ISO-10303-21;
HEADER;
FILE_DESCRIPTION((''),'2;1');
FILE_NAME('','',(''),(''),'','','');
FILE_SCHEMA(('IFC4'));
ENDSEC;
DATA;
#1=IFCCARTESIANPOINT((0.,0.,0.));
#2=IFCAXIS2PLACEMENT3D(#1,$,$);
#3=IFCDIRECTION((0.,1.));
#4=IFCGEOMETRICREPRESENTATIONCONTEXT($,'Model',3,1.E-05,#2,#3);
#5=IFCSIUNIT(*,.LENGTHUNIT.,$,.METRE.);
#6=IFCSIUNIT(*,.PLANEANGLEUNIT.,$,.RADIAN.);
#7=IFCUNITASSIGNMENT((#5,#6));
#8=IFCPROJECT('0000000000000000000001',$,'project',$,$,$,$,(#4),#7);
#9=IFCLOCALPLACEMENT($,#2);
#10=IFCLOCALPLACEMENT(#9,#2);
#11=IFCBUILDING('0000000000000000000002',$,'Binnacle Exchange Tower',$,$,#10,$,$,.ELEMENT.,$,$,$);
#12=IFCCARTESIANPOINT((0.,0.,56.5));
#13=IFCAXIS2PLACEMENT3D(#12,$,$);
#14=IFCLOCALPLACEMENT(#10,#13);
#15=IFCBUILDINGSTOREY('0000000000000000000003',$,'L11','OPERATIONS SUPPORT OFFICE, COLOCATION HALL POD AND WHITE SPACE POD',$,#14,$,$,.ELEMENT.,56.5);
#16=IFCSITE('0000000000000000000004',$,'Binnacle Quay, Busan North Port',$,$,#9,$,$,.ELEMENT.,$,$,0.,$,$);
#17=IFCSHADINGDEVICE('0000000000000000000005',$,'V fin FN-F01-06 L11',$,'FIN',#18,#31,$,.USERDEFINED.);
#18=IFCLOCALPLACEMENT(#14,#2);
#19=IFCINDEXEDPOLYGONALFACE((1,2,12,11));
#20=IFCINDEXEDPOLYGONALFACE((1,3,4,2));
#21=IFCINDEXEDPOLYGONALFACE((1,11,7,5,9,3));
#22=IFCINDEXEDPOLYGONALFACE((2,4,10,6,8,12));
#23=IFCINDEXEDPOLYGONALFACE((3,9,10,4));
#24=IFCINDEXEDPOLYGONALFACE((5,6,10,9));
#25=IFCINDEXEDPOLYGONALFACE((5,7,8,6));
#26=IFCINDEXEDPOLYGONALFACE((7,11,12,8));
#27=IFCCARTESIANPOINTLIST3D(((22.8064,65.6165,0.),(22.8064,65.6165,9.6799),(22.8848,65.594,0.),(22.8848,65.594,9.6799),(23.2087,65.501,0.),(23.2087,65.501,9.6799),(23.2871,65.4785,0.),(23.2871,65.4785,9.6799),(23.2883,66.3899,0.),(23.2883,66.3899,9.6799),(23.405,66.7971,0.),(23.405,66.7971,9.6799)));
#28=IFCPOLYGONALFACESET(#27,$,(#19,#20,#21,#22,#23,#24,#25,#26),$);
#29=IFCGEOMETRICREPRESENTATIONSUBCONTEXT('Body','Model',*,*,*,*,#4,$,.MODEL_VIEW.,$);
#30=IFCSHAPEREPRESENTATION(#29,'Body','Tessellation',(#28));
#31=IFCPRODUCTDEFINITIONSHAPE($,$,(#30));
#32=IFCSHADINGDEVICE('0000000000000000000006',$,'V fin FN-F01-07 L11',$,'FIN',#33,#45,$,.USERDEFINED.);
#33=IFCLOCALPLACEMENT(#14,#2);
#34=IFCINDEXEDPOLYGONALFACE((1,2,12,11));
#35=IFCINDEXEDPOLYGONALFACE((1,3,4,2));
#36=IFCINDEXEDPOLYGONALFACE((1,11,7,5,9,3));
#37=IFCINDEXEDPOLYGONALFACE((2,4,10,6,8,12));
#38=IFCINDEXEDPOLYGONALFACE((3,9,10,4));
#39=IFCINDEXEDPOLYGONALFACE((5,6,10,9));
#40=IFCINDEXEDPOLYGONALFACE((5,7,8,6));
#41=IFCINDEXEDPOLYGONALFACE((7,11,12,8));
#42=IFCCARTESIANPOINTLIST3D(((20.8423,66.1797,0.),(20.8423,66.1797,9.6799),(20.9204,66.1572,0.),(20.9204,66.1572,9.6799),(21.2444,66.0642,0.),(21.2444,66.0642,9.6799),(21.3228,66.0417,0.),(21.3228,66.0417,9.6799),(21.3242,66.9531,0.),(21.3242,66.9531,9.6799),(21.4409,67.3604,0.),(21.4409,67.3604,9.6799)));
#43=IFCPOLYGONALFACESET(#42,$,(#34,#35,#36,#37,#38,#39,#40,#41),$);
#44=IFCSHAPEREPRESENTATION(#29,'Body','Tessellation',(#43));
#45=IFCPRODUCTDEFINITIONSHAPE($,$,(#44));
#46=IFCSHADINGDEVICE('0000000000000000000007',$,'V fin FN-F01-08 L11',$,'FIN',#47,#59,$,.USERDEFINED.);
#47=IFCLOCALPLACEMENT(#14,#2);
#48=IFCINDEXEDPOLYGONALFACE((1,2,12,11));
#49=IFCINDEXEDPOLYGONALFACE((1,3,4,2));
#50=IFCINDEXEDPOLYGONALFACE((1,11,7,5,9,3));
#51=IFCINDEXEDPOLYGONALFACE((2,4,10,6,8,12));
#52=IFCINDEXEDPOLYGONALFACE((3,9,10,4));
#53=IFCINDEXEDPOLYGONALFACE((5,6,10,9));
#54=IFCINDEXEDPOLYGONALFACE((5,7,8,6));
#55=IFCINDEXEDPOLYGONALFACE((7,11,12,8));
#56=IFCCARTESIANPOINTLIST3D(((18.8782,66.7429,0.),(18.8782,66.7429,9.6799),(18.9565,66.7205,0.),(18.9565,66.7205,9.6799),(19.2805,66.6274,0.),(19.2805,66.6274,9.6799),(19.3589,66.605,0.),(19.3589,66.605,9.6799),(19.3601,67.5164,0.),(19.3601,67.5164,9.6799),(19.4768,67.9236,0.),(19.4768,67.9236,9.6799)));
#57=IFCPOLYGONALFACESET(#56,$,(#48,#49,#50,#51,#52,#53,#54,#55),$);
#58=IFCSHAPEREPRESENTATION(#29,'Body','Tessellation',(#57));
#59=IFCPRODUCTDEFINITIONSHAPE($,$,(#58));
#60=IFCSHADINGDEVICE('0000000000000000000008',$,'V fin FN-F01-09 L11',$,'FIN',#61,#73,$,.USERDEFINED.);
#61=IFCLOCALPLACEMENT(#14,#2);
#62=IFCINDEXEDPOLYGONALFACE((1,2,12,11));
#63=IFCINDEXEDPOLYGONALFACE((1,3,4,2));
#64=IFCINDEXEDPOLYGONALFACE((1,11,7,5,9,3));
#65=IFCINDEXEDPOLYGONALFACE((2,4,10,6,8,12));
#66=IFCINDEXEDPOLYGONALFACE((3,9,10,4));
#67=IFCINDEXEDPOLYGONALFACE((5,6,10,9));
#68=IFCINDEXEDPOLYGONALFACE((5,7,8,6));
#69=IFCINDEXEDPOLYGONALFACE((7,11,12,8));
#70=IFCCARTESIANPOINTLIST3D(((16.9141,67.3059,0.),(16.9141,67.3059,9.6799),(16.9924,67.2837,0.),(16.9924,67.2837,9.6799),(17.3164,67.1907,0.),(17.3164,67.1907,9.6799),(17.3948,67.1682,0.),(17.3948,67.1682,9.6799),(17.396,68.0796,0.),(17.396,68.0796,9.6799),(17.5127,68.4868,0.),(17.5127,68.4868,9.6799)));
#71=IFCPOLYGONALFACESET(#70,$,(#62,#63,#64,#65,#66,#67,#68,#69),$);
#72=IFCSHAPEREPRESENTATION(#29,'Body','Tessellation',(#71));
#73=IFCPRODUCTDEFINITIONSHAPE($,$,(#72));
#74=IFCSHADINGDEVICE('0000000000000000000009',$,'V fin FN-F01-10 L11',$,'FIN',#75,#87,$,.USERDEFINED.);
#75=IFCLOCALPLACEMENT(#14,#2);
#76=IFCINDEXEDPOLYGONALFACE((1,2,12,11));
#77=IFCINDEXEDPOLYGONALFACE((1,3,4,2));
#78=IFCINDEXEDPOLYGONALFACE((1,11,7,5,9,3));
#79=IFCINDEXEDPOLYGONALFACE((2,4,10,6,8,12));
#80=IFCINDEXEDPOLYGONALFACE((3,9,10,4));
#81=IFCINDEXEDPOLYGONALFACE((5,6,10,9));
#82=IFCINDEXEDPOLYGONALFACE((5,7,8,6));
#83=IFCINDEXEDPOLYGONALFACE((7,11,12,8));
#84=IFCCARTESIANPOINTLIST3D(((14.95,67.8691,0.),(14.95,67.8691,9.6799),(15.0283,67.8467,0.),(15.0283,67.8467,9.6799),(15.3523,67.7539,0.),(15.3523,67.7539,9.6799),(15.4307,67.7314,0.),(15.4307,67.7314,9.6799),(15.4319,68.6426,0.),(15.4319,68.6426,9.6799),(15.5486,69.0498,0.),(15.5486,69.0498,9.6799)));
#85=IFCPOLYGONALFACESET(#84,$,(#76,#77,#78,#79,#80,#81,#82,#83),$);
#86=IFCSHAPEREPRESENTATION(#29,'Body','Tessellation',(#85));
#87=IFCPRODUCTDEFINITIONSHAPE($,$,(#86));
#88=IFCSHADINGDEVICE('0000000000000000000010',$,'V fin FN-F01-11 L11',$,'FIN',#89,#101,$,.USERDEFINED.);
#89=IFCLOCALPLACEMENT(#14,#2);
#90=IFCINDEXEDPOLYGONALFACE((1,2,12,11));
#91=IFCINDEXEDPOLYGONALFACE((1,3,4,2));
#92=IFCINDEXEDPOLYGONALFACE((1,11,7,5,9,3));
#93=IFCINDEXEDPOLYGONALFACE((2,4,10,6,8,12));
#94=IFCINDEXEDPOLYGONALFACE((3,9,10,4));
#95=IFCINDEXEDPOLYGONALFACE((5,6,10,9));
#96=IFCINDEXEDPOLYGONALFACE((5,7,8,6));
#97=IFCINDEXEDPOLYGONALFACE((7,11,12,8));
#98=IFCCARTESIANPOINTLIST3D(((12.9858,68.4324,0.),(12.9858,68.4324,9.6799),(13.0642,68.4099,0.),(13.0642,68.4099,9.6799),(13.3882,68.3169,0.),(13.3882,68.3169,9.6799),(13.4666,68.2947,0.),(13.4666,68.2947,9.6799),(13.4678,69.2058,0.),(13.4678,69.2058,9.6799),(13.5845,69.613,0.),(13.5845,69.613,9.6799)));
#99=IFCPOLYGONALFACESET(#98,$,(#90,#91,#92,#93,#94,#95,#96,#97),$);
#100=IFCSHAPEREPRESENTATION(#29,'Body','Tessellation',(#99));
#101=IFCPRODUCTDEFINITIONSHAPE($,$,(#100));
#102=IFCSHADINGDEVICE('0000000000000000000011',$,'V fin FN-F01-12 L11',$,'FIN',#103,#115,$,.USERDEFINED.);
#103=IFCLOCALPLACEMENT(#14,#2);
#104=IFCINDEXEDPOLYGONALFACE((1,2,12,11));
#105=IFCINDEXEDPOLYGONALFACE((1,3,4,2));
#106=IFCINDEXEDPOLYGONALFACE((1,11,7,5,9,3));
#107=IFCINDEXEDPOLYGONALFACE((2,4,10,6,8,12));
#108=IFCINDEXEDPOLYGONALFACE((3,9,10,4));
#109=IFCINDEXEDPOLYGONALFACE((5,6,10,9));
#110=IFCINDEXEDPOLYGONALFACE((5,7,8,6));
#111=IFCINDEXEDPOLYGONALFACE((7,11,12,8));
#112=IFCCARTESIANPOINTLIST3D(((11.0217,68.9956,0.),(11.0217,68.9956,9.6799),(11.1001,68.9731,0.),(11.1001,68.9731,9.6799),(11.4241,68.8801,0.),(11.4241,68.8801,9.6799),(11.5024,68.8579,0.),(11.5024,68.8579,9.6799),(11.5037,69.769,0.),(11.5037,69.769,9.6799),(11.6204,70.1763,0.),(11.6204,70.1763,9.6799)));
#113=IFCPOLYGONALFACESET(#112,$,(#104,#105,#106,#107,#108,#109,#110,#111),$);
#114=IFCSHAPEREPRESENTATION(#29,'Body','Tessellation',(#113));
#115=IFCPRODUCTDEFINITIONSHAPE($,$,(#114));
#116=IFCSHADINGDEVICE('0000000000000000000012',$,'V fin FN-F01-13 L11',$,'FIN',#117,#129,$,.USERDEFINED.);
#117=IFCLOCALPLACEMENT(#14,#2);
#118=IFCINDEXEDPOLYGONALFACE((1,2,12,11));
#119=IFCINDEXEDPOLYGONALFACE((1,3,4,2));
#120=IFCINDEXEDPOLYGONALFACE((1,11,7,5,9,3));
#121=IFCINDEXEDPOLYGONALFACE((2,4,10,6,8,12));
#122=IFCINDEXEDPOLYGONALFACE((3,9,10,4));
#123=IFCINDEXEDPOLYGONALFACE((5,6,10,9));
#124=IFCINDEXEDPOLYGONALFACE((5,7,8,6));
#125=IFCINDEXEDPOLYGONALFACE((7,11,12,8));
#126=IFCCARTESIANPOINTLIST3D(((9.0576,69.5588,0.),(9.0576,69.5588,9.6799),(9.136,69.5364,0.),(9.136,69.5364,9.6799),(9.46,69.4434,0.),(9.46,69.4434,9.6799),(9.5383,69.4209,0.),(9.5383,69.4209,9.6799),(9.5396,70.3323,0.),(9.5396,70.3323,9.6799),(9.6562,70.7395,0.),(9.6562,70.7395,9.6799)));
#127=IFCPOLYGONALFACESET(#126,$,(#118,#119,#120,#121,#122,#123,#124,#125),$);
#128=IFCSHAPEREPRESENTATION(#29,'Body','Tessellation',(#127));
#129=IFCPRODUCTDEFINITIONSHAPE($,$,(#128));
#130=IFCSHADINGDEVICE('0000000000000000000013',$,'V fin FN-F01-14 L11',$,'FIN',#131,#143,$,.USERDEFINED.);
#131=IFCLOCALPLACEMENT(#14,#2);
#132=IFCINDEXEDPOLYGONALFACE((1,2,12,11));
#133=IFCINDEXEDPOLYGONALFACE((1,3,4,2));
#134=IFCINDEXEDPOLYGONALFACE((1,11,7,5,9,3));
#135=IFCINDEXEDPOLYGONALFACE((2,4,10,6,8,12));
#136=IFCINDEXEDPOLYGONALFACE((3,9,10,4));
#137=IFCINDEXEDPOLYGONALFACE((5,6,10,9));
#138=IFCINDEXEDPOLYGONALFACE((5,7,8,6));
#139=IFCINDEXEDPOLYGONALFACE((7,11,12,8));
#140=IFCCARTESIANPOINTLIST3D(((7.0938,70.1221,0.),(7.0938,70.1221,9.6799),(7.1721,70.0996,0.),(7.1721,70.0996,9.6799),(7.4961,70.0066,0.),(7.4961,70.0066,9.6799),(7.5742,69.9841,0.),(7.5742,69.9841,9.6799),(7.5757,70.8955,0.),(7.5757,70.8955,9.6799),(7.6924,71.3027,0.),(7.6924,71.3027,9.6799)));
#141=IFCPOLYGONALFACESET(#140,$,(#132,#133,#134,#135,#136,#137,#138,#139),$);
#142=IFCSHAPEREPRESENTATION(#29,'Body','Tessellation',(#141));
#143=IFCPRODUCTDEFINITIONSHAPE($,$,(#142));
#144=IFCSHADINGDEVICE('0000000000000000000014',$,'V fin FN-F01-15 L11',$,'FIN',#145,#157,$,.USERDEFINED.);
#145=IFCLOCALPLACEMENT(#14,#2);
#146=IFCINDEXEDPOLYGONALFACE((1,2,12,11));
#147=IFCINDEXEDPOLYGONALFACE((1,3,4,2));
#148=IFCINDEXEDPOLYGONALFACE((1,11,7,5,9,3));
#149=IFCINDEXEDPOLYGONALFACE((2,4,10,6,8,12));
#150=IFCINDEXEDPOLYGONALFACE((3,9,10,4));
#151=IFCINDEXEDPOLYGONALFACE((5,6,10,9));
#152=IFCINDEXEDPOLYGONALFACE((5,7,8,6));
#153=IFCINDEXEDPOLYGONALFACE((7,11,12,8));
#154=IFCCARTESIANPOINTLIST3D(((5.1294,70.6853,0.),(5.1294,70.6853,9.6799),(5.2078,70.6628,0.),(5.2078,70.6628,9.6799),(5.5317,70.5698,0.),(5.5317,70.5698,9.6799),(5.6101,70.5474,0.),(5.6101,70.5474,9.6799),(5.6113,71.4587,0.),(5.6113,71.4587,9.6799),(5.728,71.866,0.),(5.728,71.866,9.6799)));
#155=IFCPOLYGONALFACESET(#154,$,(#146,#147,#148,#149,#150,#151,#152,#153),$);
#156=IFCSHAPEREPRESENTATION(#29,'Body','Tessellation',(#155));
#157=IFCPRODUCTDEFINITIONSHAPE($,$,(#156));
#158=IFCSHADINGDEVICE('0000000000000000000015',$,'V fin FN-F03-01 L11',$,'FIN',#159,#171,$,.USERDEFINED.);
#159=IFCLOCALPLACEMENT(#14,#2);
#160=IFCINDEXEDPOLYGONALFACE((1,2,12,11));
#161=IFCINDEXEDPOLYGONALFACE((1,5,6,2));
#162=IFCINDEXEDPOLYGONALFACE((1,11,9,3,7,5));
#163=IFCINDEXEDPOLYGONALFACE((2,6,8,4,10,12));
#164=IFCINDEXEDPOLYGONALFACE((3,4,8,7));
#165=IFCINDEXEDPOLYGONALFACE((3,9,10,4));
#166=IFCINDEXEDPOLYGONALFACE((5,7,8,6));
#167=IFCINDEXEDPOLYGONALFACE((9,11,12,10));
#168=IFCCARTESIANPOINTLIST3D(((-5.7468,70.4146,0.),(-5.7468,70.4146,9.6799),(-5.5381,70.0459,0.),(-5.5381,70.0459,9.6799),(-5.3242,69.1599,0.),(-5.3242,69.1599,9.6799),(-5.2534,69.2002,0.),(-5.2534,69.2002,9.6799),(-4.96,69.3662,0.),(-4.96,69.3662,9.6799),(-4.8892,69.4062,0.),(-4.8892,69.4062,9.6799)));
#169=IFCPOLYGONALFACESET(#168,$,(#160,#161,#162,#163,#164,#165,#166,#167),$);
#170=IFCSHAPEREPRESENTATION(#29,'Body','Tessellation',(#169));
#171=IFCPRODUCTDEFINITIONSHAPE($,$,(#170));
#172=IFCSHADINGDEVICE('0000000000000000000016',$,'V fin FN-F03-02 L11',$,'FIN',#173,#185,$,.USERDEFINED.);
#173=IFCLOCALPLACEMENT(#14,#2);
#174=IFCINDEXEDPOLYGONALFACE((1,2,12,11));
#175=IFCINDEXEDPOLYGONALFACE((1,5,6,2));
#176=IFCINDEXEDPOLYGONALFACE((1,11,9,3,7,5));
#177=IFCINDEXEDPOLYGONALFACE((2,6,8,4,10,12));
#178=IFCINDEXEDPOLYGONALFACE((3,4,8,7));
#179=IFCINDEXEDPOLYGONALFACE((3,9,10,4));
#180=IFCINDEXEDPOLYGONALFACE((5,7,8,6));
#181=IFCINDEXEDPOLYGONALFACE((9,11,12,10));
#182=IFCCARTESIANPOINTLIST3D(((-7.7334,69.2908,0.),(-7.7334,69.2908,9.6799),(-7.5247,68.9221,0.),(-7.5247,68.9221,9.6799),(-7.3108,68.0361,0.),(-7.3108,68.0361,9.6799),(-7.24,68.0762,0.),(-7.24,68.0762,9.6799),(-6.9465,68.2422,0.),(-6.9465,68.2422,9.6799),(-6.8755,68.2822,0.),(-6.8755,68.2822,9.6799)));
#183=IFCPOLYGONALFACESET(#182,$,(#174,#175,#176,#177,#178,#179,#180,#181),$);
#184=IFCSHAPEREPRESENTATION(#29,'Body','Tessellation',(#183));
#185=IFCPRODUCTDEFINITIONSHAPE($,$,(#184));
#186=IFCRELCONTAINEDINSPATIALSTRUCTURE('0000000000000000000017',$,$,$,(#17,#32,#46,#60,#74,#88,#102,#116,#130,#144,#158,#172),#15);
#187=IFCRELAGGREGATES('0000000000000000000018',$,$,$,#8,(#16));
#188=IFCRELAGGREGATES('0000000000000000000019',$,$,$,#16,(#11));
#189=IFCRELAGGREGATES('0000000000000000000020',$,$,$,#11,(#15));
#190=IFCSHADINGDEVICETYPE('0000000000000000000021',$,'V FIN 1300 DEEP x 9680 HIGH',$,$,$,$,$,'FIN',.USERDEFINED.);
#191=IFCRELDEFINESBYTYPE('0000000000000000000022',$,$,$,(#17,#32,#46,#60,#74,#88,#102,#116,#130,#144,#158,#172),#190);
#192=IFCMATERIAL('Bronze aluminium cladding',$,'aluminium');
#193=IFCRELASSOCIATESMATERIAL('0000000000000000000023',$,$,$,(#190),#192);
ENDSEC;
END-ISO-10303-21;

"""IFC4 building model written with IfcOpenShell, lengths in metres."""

from ifc_helpers import new_model, si_unit, direction, frame, origin, place, context, subcontext, project, spatial, polyline, outline, extrude, material, type_object, element, save


model = new_model("IFC4")

# Units and contexts
model_context = context("Model", 3, precision=1e-05, world=origin(), true_north=direction((0.0, 1.0)))
body_context = subcontext(model_context, "Body", "Model", "MODEL_VIEW")
ifc_project = project(units=[si_unit("LENGTHUNIT", "METRE"), si_unit("PLANEANGLEUNIT", "RADIAN")], contexts=[model_context])

# Site, building, storey
site_placement = place(None, origin())
site = spatial("IfcSite", under=ifc_project, at=site_placement, Name="Binnacle Quay, Busan North Port", CompositionType="ELEMENT", RefElevation=0.0)
building_placement = place(site_placement, origin())
building = spatial("IfcBuilding", under=site, at=building_placement, Name="Binnacle Exchange Tower", CompositionType="ELEMENT")
storey_placement = place(building_placement, frame((0.0, 0.0, 56.5)))
storey = spatial("IfcBuildingStorey", under=building, at=storey_placement, Name="L11", Description="OPERATIONS SUPPORT OFFICE, COLOCATION HALL POD AND WHITE SPACE POD", CompositionType="ELEMENT", Elevation=56.5)

# Shading devices
ifc_material_1 = material(Name="Bronze aluminium cladding", Category="aluminium")
shading_device_type = type_object("IfcShadingDeviceType", Name="V FIN 1300 DEEP x 9680 HIGH", ElementType="FIN", PredefinedType="USERDEFINED", material=ifc_material_1)
shading_device_1_placement = place(storey_placement, origin())
element("IfcShadingDevice", 1, at=shading_device_1_placement, inside=storey, type_object=shading_device_type, Name="V fin FN-F01-06 L11", ObjectType="FIN", PredefinedType="USERDEFINED", context=body_context, shape_type="SweptSolid", body=[
    extrude(outline(polyline([(23.2871, 65.4785), (23.405, 66.7971), (22.8064, 65.6165), (22.8848, 65.594), (23.2883, 66.3899), (23.2087, 65.501), (23.2871, 65.4785)])), origin(), (0.0, 0.0, 1.0), 9.6799),
])
shading_device_2_placement = place(storey_placement, origin())
element("IfcShadingDevice", 2, at=shading_device_2_placement, inside=storey, type_object=shading_device_type, Name="V fin FN-F01-07 L11", ObjectType="FIN", PredefinedType="USERDEFINED", context=body_context, shape_type="SweptSolid", body=[
    extrude(outline(polyline([(21.3228, 66.0417), (21.4409, 67.3604), (20.8423, 66.1797), (20.9204, 66.1572), (21.3242, 66.9531), (21.2444, 66.0642), (21.3228, 66.0417)])), origin(), (0.0, 0.0, 1.0), 9.6799),
])
shading_device_3_placement = place(storey_placement, origin())
element("IfcShadingDevice", 3, at=shading_device_3_placement, inside=storey, type_object=shading_device_type, Name="V fin FN-F01-08 L11", ObjectType="FIN", PredefinedType="USERDEFINED", context=body_context, shape_type="SweptSolid", body=[
    extrude(outline(polyline([(19.3589, 66.605), (19.4768, 67.9236), (18.8782, 66.7429), (18.9565, 66.7205), (19.3601, 67.5164), (19.2805, 66.6274), (19.3589, 66.605)])), origin(), (0.0, 0.0, 1.0), 9.6799),
])
shading_device_4_placement = place(storey_placement, origin())
element("IfcShadingDevice", 4, at=shading_device_4_placement, inside=storey, type_object=shading_device_type, Name="V fin FN-F01-09 L11", ObjectType="FIN", PredefinedType="USERDEFINED", context=body_context, shape_type="SweptSolid", body=[
    extrude(outline(polyline([(17.3948, 67.1682), (17.5127, 68.4868), (16.9141, 67.3059), (16.9924, 67.2837), (17.396, 68.0796), (17.3164, 67.1907), (17.3948, 67.1682)])), origin(), (0.0, 0.0, 1.0), 9.6799),
])
shading_device_5_placement = place(storey_placement, origin())
element("IfcShadingDevice", 5, at=shading_device_5_placement, inside=storey, type_object=shading_device_type, Name="V fin FN-F01-10 L11", ObjectType="FIN", PredefinedType="USERDEFINED", context=body_context, shape_type="SweptSolid", body=[
    extrude(outline(polyline([(15.4307, 67.7314), (15.5486, 69.0498), (14.95, 67.8691), (15.0283, 67.8467), (15.4319, 68.6426), (15.3523, 67.7539), (15.4307, 67.7314)])), origin(), (0.0, 0.0, 1.0), 9.6799),
])
shading_device_6_placement = place(storey_placement, origin())
element("IfcShadingDevice", 6, at=shading_device_6_placement, inside=storey, type_object=shading_device_type, Name="V fin FN-F01-11 L11", ObjectType="FIN", PredefinedType="USERDEFINED", context=body_context, shape_type="SweptSolid", body=[
    extrude(outline(polyline([(13.4666, 68.2947), (13.5845, 69.613), (12.9858, 68.4324), (13.0642, 68.4099), (13.4678, 69.2058), (13.3882, 68.3169), (13.4666, 68.2947)])), origin(), (0.0, 0.0, 1.0), 9.6799),
])
shading_device_7_placement = place(storey_placement, origin())
element("IfcShadingDevice", 7, at=shading_device_7_placement, inside=storey, type_object=shading_device_type, Name="V fin FN-F01-12 L11", ObjectType="FIN", PredefinedType="USERDEFINED", context=body_context, shape_type="SweptSolid", body=[
    extrude(outline(polyline([(11.5024, 68.8579), (11.6204, 70.1763), (11.0217, 68.9956), (11.1001, 68.9731), (11.5037, 69.769), (11.4241, 68.8801), (11.5024, 68.8579)])), origin(), (0.0, 0.0, 1.0), 9.6799),
])
shading_device_8_placement = place(storey_placement, origin())
element("IfcShadingDevice", 8, at=shading_device_8_placement, inside=storey, type_object=shading_device_type, Name="V fin FN-F01-13 L11", ObjectType="FIN", PredefinedType="USERDEFINED", context=body_context, shape_type="SweptSolid", body=[
    extrude(outline(polyline([(9.5383, 69.4209), (9.6562, 70.7395), (9.0576, 69.5588), (9.136, 69.5364), (9.5396, 70.3323), (9.46, 69.4434), (9.5383, 69.4209)])), origin(), (0.0, 0.0, 1.0), 9.6799),
])
shading_device_9_placement = place(storey_placement, origin())
element("IfcShadingDevice", 9, at=shading_device_9_placement, inside=storey, type_object=shading_device_type, Name="V fin FN-F01-14 L11", ObjectType="FIN", PredefinedType="USERDEFINED", context=body_context, shape_type="SweptSolid", body=[
    extrude(outline(polyline([(7.5742, 69.9841), (7.6924, 71.3027), (7.0938, 70.1221), (7.1721, 70.0996), (7.5757, 70.8955), (7.4961, 70.0066), (7.5742, 69.9841)])), origin(), (0.0, 0.0, 1.0), 9.6799),
])
shading_device_10_placement = place(storey_placement, origin())
element("IfcShadingDevice", 10, at=shading_device_10_placement, inside=storey, type_object=shading_device_type, Name="V fin FN-F01-15 L11", ObjectType="FIN", PredefinedType="USERDEFINED", context=body_context, shape_type="SweptSolid", body=[
    extrude(outline(polyline([(5.6101, 70.5474), (5.728, 71.866), (5.1294, 70.6853), (5.2078, 70.6628), (5.6113, 71.4587), (5.5317, 70.5698), (5.6101, 70.5474)])), origin(), (0.0, 0.0, 1.0), 9.6799),
])
shading_device_11_placement = place(storey_placement, origin())
element("IfcShadingDevice", 11, at=shading_device_11_placement, inside=storey, type_object=shading_device_type, Name="V fin FN-F03-01 L11", ObjectType="FIN", PredefinedType="USERDEFINED", context=body_context, shape_type="SweptSolid", body=[
    extrude(outline(polyline([(-4.8892, 69.4062), (-5.7468, 70.4146), (-5.3242, 69.1599), (-5.2534, 69.2002), (-5.5381, 70.0459), (-4.96, 69.3662), (-4.8892, 69.4062)])), origin(), (0.0, 0.0, 1.0), 9.6799),
])
shading_device_12_placement = place(storey_placement, origin())
element("IfcShadingDevice", 12, at=shading_device_12_placement, inside=storey, type_object=shading_device_type, Name="V fin FN-F03-02 L11", ObjectType="FIN", PredefinedType="USERDEFINED", context=body_context, shape_type="SweptSolid", body=[
    extrude(outline(polyline([(-6.8755, 68.2822), (-7.7334, 69.2908), (-7.3108, 68.0361), (-7.24, 68.0762), (-7.5247, 68.9221), (-6.9465, 68.2422), (-6.8755, 68.2822)])), origin(), (0.0, 0.0, 1.0), 9.6799),
])

save(model, "model.ifc")
